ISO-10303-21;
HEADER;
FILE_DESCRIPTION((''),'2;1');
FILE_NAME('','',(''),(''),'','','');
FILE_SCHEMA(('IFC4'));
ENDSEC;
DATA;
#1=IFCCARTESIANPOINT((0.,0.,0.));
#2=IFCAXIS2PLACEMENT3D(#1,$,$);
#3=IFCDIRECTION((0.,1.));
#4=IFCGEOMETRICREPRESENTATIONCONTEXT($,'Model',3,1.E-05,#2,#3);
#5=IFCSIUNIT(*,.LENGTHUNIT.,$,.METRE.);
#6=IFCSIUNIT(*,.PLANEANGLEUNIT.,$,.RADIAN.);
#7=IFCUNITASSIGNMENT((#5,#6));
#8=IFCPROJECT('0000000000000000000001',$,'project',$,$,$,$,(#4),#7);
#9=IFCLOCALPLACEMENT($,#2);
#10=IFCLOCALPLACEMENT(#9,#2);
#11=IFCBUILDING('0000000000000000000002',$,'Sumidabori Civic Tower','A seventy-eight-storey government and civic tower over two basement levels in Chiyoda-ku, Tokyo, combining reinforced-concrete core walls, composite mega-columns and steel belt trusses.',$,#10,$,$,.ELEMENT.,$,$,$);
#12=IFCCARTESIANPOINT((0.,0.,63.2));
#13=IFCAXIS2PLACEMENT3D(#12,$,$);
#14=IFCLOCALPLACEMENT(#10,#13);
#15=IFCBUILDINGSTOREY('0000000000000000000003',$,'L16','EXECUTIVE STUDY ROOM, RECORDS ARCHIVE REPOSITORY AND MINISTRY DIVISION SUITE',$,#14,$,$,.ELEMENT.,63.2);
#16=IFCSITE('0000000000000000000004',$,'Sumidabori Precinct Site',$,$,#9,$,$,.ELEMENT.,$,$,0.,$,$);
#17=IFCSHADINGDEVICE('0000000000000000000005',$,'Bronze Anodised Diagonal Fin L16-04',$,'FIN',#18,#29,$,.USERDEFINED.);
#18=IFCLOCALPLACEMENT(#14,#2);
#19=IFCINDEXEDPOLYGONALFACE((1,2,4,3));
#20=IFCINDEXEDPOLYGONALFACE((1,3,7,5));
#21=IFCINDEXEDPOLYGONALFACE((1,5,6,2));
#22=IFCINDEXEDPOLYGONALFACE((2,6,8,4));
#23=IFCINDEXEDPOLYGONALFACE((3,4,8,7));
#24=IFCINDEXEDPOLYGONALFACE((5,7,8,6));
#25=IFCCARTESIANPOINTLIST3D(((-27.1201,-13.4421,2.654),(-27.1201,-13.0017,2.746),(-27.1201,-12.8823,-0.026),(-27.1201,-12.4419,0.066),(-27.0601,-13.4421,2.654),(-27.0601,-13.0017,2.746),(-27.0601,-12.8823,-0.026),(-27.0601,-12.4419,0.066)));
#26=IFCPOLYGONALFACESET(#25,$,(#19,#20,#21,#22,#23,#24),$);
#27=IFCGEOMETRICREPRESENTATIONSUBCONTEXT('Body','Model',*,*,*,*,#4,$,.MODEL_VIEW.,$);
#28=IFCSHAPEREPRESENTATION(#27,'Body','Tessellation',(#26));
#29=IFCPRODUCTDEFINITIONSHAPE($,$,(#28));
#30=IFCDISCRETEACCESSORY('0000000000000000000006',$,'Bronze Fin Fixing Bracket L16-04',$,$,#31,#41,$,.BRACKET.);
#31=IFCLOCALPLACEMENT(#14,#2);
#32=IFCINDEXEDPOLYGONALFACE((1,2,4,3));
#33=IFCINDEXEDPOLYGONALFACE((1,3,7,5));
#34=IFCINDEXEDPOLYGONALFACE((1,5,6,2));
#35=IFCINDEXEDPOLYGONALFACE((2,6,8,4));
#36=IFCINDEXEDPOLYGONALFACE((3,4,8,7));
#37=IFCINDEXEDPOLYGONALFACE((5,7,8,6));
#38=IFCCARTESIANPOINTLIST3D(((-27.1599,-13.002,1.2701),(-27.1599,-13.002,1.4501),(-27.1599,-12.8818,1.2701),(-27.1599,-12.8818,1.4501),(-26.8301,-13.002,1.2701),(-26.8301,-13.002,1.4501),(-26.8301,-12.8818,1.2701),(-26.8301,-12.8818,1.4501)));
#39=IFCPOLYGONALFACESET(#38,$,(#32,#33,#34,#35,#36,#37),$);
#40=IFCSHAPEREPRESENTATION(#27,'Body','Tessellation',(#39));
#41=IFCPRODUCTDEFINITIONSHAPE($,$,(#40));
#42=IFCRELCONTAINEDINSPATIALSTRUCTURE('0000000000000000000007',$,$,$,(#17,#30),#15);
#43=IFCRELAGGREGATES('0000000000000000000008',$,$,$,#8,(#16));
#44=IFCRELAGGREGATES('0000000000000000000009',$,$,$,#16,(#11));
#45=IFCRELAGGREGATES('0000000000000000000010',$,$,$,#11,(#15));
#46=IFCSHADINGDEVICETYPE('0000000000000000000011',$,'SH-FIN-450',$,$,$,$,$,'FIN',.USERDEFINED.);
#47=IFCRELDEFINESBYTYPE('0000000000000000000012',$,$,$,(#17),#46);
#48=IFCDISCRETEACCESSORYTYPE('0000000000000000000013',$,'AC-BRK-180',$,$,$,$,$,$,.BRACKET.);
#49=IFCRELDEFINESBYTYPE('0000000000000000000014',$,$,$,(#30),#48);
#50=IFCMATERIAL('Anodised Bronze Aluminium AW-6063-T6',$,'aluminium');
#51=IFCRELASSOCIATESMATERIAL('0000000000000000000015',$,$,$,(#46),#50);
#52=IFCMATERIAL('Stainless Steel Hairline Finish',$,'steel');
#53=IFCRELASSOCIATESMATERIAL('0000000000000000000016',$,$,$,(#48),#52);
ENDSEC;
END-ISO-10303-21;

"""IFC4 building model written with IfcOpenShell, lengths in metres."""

from ifc_helpers import new_model, si_unit, direction, frame, origin, origin_2d, place, context, subcontext, project, spatial, rectangle, extrude, source, transform, mapped, material, material_profile, profile_set, type_object, element, save


model = new_model("IFC4")

# Units and contexts
model_context = context("Model", 3, precision=1e-05, world=origin(), true_north=direction((0.0, 1.0)))
body_context = subcontext(model_context, "Body", "Model", "MODEL_VIEW")
ifc_project = project(units=[si_unit("LENGTHUNIT", "METRE"), si_unit("PLANEANGLEUNIT", "RADIAN")], contexts=[model_context])

# Site, building, storey
site_placement = place(None, origin())
site = spatial("IfcSite", under=ifc_project, at=site_placement, Name="Sumidabori Precinct Site", CompositionType="ELEMENT", RefElevation=0.0)
building_placement = place(site_placement, origin())
building = spatial("IfcBuilding", under=site, at=building_placement, Name="Sumidabori Civic Tower", Description="A seventy-eight-storey government and civic tower over two basement levels in Chiyoda-ku, Tokyo, combining reinforced-concrete core walls, composite mega-columns and steel belt trusses.", CompositionType="ELEMENT")
storey_placement = place(building_placement, frame((0.0, 0.0, 63.2)))
storey = spatial("IfcBuildingStorey", under=building, at=storey_placement, Name="L16", Description="EXECUTIVE STUDY ROOM, RECORDS ARCHIVE REPOSITORY AND MINISTRY DIVISION SUITE", CompositionType="ELEMENT", Elevation=63.2)

# Shared definitions
ifc_material_1 = material(Name="Anodised Bronze Aluminium AW-6063-T6", Category="aluminium")

# Shading device
ifc_material_profile_1 = material_profile(ifc_material_1, rectangle(XDim=0.0601, YDim=0.45, at=origin_2d()), Name="BRONZE FIN 450x60")
ifc_profile_set_1 = profile_set([ifc_material_profile_1], Name="Anodised Bronze Aluminium AW-6063-T6")
shading_device_type = type_object("IfcShadingDeviceType", Name="SH-FIN-450", ElementType="FIN", PredefinedType="USERDEFINED", material=ifc_profile_set_1)
shared_shape_1 = source(origin(), body_context, "Body", "SweptSolid", [
    extrude(rectangle(XDim=0.0601, YDim=0.45, at=origin_2d()), origin(), (0.0, 0.0, 1.0), 2.7378),
])
shading_device_placement = place(storey_placement, frame((-27.0901, -12.6621, 0.02), z_axis=(0.0, -0.204478, 0.978871), x_axis=(-1.0, 0.0, 0.0)))
element("IfcShadingDevice", 1, at=shading_device_placement, inside=storey, type_object=shading_device_type, Name="Bronze Anodised Diagonal Fin L16-04", ObjectType="FIN", PredefinedType="USERDEFINED", context=body_context, shape_type="MappedRepresentation", body=[
    mapped(shared_shape_1, transform((0.0, 0.0, 0.0), x_axis=(1.0, 0.0, 0.0), y_axis=(0.0, 1.0, 0.0), z_axis=(0.0, 0.0, 1.0), scale=1.0)),
])

# Discrete accessory
ifc_material_2 = material(Name="Stainless Steel Hairline Finish", Category="steel")
ifc_material_profile_2 = material_profile(ifc_material_2, rectangle(XDim=0.1201, YDim=0.1799, at=origin_2d()), Name="STEEL BRACKET 180x120")
ifc_profile_set_2 = profile_set([ifc_material_profile_2], Name="Stainless Steel Hairline Finish")
discrete_accessory_type = type_object("IfcDiscreteAccessoryType", Name="AC-BRK-180", PredefinedType="BRACKET", material=ifc_profile_set_2)
shared_shape_2 = source(origin(), body_context, "Body", "SweptSolid", [
    extrude(rectangle(XDim=0.1201, YDim=0.1799, at=origin_2d()), origin(), (0.0, 0.0, 1.0), 0.3298),
])
discrete_accessory_placement = place(storey_placement, frame((-26.8301, -12.9419, 1.3601), z_axis=(-1.0, 0.0, 0.0), x_axis=(0.0, -1.0, 0.0)))
element("IfcDiscreteAccessory", 2, at=discrete_accessory_placement, inside=storey, type_object=discrete_accessory_type, Name="Bronze Fin Fixing Bracket L16-04", PredefinedType="BRACKET", context=body_context, shape_type="MappedRepresentation", body=[
    mapped(shared_shape_2, transform((0.0, 0.0, 0.0), x_axis=(1.0, 0.0, 0.0), y_axis=(0.0, 1.0, 0.0), z_axis=(0.0, 0.0, 1.0), scale=1.0)),
])

save(model, "model.ifc")
